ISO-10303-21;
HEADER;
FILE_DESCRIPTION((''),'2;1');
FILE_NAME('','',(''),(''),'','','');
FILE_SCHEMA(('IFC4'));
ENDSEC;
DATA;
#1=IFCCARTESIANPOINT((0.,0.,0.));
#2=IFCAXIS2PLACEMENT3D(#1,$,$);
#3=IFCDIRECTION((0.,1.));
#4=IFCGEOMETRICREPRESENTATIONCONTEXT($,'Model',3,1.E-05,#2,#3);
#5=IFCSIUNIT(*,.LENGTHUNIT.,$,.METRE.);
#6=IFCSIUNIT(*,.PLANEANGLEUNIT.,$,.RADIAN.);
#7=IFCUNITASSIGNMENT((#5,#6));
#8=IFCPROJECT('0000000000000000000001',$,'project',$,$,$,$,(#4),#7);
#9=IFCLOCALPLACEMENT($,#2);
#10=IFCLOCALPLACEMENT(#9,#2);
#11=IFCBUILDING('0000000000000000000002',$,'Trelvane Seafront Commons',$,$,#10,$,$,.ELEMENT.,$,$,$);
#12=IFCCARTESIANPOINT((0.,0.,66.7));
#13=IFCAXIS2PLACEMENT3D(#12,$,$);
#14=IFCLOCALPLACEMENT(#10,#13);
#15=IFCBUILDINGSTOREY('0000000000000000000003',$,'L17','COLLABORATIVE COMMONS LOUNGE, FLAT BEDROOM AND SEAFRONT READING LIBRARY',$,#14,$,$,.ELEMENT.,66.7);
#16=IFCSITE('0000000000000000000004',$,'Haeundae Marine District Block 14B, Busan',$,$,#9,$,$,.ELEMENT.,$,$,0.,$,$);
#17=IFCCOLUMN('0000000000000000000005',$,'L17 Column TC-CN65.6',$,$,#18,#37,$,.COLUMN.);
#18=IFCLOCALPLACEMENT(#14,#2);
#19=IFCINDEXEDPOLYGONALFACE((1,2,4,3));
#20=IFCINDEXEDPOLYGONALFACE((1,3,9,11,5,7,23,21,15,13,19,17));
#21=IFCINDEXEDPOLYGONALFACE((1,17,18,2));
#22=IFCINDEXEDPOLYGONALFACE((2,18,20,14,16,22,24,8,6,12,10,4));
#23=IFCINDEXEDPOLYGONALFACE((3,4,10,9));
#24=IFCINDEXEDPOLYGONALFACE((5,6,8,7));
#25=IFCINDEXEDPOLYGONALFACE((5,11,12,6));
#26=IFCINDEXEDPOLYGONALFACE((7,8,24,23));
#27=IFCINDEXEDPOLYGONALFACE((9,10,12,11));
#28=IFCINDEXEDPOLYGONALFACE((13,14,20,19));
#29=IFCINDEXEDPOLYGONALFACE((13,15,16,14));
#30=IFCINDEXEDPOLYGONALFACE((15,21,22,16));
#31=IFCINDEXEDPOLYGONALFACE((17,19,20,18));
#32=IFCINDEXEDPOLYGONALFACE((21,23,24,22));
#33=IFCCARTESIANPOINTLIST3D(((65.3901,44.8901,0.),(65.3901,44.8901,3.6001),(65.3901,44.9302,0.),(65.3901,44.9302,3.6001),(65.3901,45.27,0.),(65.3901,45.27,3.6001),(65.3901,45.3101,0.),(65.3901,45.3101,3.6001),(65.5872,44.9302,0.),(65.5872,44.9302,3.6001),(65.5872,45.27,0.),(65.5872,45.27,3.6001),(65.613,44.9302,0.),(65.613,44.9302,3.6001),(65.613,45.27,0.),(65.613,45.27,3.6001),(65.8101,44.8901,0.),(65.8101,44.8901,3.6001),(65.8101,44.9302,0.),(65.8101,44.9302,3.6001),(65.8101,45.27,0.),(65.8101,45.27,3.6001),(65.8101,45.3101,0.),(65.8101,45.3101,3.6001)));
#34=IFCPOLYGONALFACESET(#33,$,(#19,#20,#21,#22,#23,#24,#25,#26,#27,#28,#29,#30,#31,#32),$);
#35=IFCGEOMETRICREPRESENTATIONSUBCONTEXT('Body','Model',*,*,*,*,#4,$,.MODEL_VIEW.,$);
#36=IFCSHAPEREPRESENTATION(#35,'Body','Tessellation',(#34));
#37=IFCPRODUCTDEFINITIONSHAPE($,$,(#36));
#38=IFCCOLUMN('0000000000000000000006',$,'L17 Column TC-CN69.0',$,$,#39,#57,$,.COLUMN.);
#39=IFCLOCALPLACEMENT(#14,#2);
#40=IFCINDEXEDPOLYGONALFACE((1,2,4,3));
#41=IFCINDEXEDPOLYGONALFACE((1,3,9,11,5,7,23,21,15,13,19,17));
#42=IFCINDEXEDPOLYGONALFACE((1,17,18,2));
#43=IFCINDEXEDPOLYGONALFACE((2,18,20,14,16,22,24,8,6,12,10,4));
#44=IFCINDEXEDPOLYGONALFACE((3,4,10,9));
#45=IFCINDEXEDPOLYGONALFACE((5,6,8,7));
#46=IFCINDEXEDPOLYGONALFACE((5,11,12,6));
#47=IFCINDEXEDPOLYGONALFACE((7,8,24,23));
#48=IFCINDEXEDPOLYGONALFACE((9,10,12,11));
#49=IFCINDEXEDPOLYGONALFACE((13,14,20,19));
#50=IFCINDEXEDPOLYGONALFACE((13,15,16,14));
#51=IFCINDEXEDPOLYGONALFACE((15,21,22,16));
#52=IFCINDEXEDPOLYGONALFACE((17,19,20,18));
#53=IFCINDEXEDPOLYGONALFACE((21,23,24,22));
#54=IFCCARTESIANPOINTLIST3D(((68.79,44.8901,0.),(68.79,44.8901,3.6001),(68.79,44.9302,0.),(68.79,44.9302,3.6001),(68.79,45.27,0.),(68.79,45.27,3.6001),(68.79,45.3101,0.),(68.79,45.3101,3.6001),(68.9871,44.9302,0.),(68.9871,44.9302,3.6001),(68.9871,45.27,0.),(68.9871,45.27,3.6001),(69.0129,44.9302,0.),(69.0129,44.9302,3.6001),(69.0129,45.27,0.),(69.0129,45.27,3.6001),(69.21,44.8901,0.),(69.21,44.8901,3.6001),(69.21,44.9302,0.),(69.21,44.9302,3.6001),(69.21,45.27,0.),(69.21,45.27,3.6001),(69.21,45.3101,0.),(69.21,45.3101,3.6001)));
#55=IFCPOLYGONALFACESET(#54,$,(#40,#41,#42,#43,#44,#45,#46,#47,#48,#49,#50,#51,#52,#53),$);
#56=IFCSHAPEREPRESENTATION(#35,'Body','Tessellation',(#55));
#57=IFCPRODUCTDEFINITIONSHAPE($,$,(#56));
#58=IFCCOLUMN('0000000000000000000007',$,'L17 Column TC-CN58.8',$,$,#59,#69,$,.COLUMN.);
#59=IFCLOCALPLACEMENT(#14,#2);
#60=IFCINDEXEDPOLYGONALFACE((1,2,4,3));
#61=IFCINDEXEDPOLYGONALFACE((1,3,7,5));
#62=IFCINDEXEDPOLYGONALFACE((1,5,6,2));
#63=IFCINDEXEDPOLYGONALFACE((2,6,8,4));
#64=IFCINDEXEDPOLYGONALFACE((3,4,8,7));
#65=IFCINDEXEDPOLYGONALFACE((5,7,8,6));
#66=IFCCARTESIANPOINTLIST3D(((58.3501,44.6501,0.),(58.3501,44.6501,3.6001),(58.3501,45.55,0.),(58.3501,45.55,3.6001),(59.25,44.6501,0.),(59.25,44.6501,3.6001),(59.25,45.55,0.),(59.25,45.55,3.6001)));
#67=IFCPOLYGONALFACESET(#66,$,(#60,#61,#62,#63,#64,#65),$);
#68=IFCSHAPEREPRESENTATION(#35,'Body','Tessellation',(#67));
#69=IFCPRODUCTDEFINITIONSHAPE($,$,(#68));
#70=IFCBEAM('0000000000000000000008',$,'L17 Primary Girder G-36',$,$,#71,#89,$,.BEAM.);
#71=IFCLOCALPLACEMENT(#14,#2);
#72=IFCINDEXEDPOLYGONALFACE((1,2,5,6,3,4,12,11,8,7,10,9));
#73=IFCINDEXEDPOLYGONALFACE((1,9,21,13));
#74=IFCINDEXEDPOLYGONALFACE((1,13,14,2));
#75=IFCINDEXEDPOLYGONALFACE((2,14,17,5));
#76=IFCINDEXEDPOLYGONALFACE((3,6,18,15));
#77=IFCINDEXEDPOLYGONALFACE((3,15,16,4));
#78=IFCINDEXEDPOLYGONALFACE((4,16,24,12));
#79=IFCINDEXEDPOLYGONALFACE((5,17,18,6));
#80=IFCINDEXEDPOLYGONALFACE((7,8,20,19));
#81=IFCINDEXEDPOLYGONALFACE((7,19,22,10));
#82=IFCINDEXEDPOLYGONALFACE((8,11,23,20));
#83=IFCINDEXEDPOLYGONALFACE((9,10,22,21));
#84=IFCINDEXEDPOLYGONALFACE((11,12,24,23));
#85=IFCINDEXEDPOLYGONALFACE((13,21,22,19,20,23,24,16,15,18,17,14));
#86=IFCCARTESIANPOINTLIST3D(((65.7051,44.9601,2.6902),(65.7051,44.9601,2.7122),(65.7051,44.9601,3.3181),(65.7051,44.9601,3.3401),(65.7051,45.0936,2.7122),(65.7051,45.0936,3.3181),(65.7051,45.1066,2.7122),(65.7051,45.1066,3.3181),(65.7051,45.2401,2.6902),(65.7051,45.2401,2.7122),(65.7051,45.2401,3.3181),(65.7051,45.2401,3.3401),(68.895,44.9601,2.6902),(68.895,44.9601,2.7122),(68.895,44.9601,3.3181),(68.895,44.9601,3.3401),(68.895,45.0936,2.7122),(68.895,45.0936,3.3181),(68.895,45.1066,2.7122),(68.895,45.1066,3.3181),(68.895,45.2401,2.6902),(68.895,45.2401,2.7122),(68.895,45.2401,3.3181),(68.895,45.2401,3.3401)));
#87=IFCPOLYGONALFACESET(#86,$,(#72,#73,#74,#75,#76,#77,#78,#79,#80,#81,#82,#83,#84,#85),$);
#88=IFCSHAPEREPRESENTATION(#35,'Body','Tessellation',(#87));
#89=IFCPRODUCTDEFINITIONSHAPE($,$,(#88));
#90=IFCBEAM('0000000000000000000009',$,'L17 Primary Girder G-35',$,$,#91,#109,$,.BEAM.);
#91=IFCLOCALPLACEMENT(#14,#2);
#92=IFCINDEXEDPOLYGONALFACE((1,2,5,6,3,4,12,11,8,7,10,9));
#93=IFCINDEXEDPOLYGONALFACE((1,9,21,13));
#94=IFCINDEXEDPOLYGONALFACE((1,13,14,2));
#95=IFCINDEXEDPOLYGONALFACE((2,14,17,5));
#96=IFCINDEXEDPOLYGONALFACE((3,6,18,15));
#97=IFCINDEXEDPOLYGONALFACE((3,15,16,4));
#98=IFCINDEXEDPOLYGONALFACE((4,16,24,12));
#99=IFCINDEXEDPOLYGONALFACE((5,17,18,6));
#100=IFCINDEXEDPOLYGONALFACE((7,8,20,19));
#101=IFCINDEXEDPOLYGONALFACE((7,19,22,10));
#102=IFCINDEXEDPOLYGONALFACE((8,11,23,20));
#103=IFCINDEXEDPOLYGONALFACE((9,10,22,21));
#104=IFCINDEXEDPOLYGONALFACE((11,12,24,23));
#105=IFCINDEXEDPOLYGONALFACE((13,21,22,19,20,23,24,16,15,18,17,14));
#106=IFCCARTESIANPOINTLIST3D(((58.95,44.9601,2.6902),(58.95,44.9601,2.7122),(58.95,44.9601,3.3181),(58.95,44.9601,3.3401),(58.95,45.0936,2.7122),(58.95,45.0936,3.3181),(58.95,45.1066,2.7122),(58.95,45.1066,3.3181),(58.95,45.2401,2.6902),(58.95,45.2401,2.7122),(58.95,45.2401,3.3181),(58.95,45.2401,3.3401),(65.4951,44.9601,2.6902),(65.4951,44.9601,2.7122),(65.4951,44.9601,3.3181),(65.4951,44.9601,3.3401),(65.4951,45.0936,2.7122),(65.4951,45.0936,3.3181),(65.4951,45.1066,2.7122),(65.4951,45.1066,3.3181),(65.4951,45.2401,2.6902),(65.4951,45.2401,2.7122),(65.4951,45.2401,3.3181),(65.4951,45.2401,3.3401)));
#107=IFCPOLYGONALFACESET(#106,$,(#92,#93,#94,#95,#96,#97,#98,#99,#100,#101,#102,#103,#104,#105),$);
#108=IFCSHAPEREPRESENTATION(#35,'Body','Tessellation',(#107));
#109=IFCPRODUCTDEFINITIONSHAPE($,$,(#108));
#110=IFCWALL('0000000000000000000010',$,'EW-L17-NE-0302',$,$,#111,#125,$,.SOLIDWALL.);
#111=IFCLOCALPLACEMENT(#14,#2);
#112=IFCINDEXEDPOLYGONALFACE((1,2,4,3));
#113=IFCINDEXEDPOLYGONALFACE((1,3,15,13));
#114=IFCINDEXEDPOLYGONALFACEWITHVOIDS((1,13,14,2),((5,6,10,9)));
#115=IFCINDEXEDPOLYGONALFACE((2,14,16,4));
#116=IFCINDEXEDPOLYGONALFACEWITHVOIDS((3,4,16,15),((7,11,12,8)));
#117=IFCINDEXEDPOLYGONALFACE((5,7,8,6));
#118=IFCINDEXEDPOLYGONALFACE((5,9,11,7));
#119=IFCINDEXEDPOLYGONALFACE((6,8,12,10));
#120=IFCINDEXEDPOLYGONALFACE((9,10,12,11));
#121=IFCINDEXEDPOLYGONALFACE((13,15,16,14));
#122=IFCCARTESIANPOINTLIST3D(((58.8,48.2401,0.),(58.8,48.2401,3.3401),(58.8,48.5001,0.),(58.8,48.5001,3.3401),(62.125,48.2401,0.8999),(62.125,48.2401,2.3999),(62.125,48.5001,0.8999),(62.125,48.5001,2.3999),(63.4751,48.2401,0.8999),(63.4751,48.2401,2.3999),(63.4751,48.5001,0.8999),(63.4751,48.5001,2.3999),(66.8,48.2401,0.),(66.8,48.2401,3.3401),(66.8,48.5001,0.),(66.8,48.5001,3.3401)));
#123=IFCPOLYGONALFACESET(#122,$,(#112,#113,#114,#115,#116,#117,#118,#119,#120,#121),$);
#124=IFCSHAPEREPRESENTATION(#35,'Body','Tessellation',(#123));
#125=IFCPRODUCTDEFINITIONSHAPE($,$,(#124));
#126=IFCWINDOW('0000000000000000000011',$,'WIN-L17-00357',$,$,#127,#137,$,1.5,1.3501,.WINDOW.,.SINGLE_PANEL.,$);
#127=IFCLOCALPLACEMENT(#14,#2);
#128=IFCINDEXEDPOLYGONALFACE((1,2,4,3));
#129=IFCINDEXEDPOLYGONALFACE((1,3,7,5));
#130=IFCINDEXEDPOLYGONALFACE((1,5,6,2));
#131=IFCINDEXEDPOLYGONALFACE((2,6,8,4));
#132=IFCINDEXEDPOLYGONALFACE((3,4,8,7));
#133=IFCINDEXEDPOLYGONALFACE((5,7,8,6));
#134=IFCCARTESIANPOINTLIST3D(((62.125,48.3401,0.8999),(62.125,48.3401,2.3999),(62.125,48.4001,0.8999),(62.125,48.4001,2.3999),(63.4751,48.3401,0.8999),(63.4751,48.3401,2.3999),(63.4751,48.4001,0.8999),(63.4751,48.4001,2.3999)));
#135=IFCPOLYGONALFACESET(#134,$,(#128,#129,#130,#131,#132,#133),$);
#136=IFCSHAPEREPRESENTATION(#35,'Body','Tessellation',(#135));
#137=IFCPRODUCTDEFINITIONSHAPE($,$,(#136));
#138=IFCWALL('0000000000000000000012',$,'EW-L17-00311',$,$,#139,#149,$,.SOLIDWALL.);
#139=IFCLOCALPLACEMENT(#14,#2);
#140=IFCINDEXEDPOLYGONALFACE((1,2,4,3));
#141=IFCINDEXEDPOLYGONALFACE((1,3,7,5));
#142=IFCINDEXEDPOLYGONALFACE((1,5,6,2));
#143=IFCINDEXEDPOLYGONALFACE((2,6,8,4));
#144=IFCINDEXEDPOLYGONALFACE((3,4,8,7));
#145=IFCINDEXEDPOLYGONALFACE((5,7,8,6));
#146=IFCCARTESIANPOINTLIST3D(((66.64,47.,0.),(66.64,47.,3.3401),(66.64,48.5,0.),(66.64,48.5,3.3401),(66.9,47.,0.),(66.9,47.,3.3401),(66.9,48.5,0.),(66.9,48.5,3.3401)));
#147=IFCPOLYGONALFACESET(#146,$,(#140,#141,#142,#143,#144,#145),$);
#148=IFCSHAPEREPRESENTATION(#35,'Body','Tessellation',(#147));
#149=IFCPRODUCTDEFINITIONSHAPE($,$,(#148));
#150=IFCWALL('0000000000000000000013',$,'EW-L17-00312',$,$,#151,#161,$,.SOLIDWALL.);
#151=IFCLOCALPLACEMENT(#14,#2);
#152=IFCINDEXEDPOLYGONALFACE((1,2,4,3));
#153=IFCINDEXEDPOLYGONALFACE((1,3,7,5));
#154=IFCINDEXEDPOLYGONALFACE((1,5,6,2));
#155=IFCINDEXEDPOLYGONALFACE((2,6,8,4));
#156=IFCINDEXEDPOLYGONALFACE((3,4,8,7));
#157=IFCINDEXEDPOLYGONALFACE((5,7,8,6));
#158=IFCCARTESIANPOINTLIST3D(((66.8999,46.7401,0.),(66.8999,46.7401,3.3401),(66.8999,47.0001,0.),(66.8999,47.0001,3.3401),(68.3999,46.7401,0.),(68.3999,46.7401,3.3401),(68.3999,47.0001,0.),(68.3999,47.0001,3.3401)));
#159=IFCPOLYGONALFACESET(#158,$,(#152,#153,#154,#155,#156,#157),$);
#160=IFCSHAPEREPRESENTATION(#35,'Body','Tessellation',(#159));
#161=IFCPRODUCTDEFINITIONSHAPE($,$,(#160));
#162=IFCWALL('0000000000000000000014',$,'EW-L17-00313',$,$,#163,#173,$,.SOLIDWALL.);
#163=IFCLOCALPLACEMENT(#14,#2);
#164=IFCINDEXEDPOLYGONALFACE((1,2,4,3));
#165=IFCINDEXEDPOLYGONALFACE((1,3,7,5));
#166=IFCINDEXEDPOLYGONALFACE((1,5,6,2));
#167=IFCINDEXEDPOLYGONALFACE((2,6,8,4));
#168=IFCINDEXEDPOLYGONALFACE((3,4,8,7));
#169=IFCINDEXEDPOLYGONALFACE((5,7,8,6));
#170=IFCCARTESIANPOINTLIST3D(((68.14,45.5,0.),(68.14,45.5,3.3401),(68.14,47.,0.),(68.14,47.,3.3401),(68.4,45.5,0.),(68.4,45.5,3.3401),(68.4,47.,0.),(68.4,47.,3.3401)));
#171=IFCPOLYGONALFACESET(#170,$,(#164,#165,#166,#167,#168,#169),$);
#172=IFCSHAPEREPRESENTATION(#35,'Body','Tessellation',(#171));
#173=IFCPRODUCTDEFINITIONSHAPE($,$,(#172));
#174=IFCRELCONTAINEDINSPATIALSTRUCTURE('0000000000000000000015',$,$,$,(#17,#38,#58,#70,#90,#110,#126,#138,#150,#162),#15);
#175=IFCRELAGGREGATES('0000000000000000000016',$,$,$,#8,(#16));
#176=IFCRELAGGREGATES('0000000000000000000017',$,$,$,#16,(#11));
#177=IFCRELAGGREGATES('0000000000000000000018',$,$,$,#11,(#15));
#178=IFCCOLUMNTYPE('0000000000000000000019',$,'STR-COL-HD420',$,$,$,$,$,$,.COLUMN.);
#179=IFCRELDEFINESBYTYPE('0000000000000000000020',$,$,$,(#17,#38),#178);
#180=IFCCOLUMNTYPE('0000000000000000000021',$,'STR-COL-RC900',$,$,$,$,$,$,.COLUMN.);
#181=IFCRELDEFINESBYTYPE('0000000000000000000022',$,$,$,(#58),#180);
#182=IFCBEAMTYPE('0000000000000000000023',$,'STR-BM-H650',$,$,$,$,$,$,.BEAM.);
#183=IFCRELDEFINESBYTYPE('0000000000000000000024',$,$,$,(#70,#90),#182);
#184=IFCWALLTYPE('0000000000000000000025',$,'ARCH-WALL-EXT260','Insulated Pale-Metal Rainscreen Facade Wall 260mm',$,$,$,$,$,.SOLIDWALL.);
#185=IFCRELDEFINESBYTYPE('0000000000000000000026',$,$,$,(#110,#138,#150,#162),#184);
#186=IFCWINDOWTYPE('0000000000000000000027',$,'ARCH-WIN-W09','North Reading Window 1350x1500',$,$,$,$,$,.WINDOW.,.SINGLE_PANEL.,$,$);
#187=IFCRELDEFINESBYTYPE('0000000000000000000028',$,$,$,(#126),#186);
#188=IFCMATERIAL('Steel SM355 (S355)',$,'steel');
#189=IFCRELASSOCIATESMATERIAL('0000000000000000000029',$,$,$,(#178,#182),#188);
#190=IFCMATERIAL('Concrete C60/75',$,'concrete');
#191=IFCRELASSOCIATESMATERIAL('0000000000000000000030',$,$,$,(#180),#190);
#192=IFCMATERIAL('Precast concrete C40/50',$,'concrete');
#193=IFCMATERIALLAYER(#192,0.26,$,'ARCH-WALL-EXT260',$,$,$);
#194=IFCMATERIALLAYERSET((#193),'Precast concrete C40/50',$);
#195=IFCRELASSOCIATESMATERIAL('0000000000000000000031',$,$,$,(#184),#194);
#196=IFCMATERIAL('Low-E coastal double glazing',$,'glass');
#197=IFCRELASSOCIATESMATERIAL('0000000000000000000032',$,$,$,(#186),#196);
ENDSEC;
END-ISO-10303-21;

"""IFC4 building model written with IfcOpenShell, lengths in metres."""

from ifc_helpers import new_model, si_unit, direction, frame, frame_2d, origin, origin_2d, place, context, subcontext, project, spatial, rectangle, i_section, extrude, source, transform, mapped, material, layer, layer_set, material_profile, profile_set, type_object, element, fill, save


model = new_model("IFC4")

# Units and contexts
model_context = context("Model", 3, precision=1e-05, world=origin(), true_north=direction((0.0, 1.0)))
body_context = subcontext(model_context, "Body", "Model", "MODEL_VIEW")
ifc_project = project(units=[si_unit("LENGTHUNIT", "METRE"), si_unit("PLANEANGLEUNIT", "RADIAN")], contexts=[model_context])

# Site, building, storey
site_placement = place(None, origin())
site = spatial("IfcSite", under=ifc_project, at=site_placement, Name="Haeundae Marine District Block 14B, Busan", CompositionType="ELEMENT", RefElevation=0.0)
building_placement = place(site_placement, origin())
building = spatial("IfcBuilding", under=site, at=building_placement, Name="Trelvane Seafront Commons", CompositionType="ELEMENT")
storey_placement = place(building_placement, frame((0.0, 0.0, 66.7)))
storey = spatial("IfcBuildingStorey", under=building, at=storey_placement, Name="L17", Description="COLLABORATIVE COMMONS LOUNGE, FLAT BEDROOM AND SEAFRONT READING LIBRARY", CompositionType="ELEMENT", Elevation=66.7)

# Columns
ifc_material_1 = material(Name="Steel SM355 (S355)", Category="steel")
ifc_material_profile_1 = material_profile(ifc_material_1, i_section(OverallWidth=0.4199, OverallDepth=0.4199, WebThickness=0.0259, FlangeThickness=0.04, at=origin_2d()), Name="HD-420x420x26x40")
ifc_profile_set_1 = profile_set([ifc_material_profile_1], Name="Steel SM355 (S355)")
column_type_1 = type_object("IfcColumnType", Name="STR-COL-HD420", PredefinedType="COLUMN", material=ifc_profile_set_1)
shared_shape_1 = source(origin(), body_context, "Body", "SweptSolid", [
    extrude(i_section(OverallWidth=0.4199, OverallDepth=0.4199, WebThickness=0.0259, FlangeThickness=0.04, at=origin_2d()), origin(), (0.0, 0.0, 1.0), 3.6001),
])
for number, where, z_axis, x_axis, name in (
    (1, (65.6001, 45.1001, 0.0), (0.0, 0.0, 1.0), (1.0, 0.0, 0.0), "L17 Column TC-CN65.6"),
    (2, (69.0, 45.1001, 0.0), (0.0, 0.0, 1.0), (1.0, 0.0, 0.0), "L17 Column TC-CN69.0"),
):
    element("IfcColumn", number, at=place(storey_placement, frame(where, z_axis=z_axis, x_axis=x_axis)), inside=storey, type_object=column_type_1, Name=name, PredefinedType="COLUMN", context=body_context, shape_type="MappedRepresentation", body=[
        mapped(shared_shape_1, transform((0.0, 0.0, 0.0), x_axis=(1.0, 0.0, 0.0), y_axis=(0.0, 1.0, 0.0), z_axis=(0.0, 0.0, 1.0), scale=1.0)),
    ])
ifc_material_2 = material(Name="Concrete C60/75", Category="concrete")
ifc_material_profile_2 = material_profile(ifc_material_2, rectangle(XDim=0.8999, YDim=0.8999, at=origin_2d()), Name="RC-900x900")
ifc_profile_set_2 = profile_set([ifc_material_profile_2], Name="Concrete C60/75")
column_type_2 = type_object("IfcColumnType", Name="STR-COL-RC900", PredefinedType="COLUMN", material=ifc_profile_set_2)
shared_shape_2 = source(origin(), body_context, "Body", "SweptSolid", [
    extrude(rectangle(XDim=0.8999, YDim=0.8999, at=origin_2d()), origin(), (0.0, 0.0, 1.0), 3.6001),
])
column_placement = place(storey_placement, frame((58.8, 45.1001, 0.0), z_axis=(0.0, 0.0, 1.0), x_axis=(1.0, 0.0, 0.0)))
element("IfcColumn", 3, at=column_placement, inside=storey, type_object=column_type_2, Name="L17 Column TC-CN58.8", PredefinedType="COLUMN", context=body_context, shape_type="MappedRepresentation", body=[
    mapped(shared_shape_2, transform((0.0, 0.0, 0.0), x_axis=(1.0, 0.0, 0.0), y_axis=(0.0, 1.0, 0.0), z_axis=(0.0, 0.0, 1.0), scale=1.0)),
])

# Beams
ifc_material_profile_3 = material_profile(ifc_material_1, i_section(OverallWidth=0.28, OverallDepth=0.6499, WebThickness=0.0129, FlangeThickness=0.022, at=origin_2d()), Name="H-650x280x13x22")
ifc_profile_set_3 = profile_set([ifc_material_profile_3], Name="Steel SM355 (S355)")
beam_type = type_object("IfcBeamType", Name="STR-BM-H650", PredefinedType="BEAM", material=ifc_profile_set_3)
shared_shape_3 = source(origin(), body_context, "Body", "SweptSolid", [
    extrude(i_section(OverallWidth=0.28, OverallDepth=0.6499, WebThickness=0.0129, FlangeThickness=0.022, at=origin_2d()), origin(), (0.0, 0.0, 1.0), 3.1899),
])
beam_1_placement = place(storey_placement, frame((65.7051, 45.1001, 3.0151), z_axis=(1.0, 0.0, 0.0), x_axis=(0.0, 1.0, 0.0)))
element("IfcBeam", 4, at=beam_1_placement, inside=storey, type_object=beam_type, Name="L17 Primary Girder G-36", PredefinedType="BEAM", context=body_context, shape_type="MappedRepresentation", body=[
    mapped(shared_shape_3, transform((0.0, 0.0, 0.0), x_axis=(1.0, 0.0, 0.0), y_axis=(0.0, 1.0, 0.0), z_axis=(0.0, 0.0, 1.0), scale=1.0)),
])
shared_shape_4 = source(origin(), body_context, "Body", "SweptSolid", [
    extrude(i_section(OverallWidth=0.28, OverallDepth=0.6499, WebThickness=0.0129, FlangeThickness=0.022, at=origin_2d()), origin(), (0.0, 0.0, 1.0), 6.5452),
])
beam_2_placement = place(storey_placement, frame((58.95, 45.1001, 3.0151), z_axis=(1.0, 0.0, 0.0), x_axis=(0.0, 1.0, 0.0)))
element("IfcBeam", 5, at=beam_2_placement, inside=storey, type_object=beam_type, Name="L17 Primary Girder G-35", PredefinedType="BEAM", context=body_context, shape_type="MappedRepresentation", body=[
    mapped(shared_shape_4, transform((0.0, 0.0, 0.0), x_axis=(1.0, 0.0, 0.0), y_axis=(0.0, 1.0, 0.0), z_axis=(0.0, 0.0, 1.0), scale=1.0)),
])

# Wall, opening, window
ifc_material_3 = material(Name="Precast concrete C40/50", Category="concrete")
ifc_layer_1 = layer(ifc_material_3, 0.26, Name="ARCH-WALL-EXT260")
ifc_layer_set_1 = layer_set([ifc_layer_1], Name="Precast concrete C40/50")
wall_type_1 = type_object("IfcWallType", Name="ARCH-WALL-EXT260", Description="Insulated Pale-Metal Rainscreen Facade Wall 260mm", PredefinedType="SOLIDWALL", material=ifc_layer_set_1)
wall_1_placement = place(storey_placement, frame((58.8, 48.3701, 0.0), z_axis=(0.0, 0.0, 1.0), x_axis=(1.0, 0.0, 0.0)))
wall_1 = element("IfcWall", 6, at=wall_1_placement, inside=storey, type_object=wall_type_1, Name="EW-L17-NE-0302", PredefinedType="SOLIDWALL", context=body_context, shape_type="SweptSolid", body=[
    extrude(rectangle(XDim=8.0, YDim=0.26, at=frame_2d((4.0, 0.0))), origin(), (0.0, 0.0, 1.0), 3.3401),
])
opening_1_placement = place(wall_1_placement, frame((3.325, 0.0, 0.8999)))
opening_1 = element("IfcOpeningElement", 7, at=opening_1_placement, cuts=wall_1, PredefinedType="OPENING", context=body_context, shape_type="SweptSolid", body=[
    extrude(rectangle(XDim=1.3501, YDim=1.5, at=frame_2d((0.675, 0.75))), frame((0.0, 0.1399, 0.0), z_axis=(0.0, -1.0, 0.0), x_axis=(1.0, 0.0, 0.0)), (0.0, 0.0, 1.0), 0.28),
])
ifc_material_4 = material(Name="Low-E coastal double glazing", Category="glass")
window_type_1 = type_object("IfcWindowType", Name="ARCH-WIN-W09", Description="North Reading Window 1350x1500", PartitioningType="SINGLE_PANEL", PredefinedType="WINDOW", material=ifc_material_4)
shared_shape_5 = source(origin(), body_context, "Body", "SweptSolid", [
    extrude(rectangle(XDim=1.3501, YDim=1.5, at=frame_2d((0.675, 0.75))), frame((0.0, 0.03, 0.0), z_axis=(0.0, -1.0, 0.0), x_axis=(1.0, 0.0, 0.0)), (0.0, 0.0, 1.0), 0.0601),
])
window_1_placement = place(opening_1_placement, origin())
window_1 = element("IfcWindow", 8, at=window_1_placement, inside=storey, type_object=window_type_1, Name="WIN-L17-00357", OverallHeight=1.5, OverallWidth=1.3501, PartitioningType="SINGLE_PANEL", PredefinedType="WINDOW", context=body_context, shape_type="MappedRepresentation", body=[
    mapped(shared_shape_5, transform((0.0, 0.0, 0.0), x_axis=(1.0, 0.0, 0.0), y_axis=(0.0, 1.0, 0.0), z_axis=(0.0, 0.0, 1.0), scale=1.0)),
])
fill(opening_1, window_1)

# Walls
for number, where, z_axis, x_axis, name in (
    (9, (66.77, 48.5, 0.0), (0.0, 0.0, 1.0), (0.0, -1.0, 0.0), "EW-L17-00311"),
    (10, (66.8999, 46.8701, 0.0), (0.0, 0.0, 1.0), (1.0, 0.0, 0.0), "EW-L17-00312"),
    (11, (68.27, 47.0, 0.0), (0.0, 0.0, 1.0), (0.0, -1.0, 0.0), "EW-L17-00313"),
):
    element("IfcWall", number, at=place(storey_placement, frame(where, z_axis=z_axis, x_axis=x_axis)), inside=storey, type_object=wall_type_1, Name=name, PredefinedType="SOLIDWALL", context=body_context, shape_type="SweptSolid", body=[
        extrude(rectangle(XDim=1.5, YDim=0.26, at=frame_2d((0.75, 0.0))), origin(), (0.0, 0.0, 1.0), 3.3401),
    ])

save(model, "model.ifc")
